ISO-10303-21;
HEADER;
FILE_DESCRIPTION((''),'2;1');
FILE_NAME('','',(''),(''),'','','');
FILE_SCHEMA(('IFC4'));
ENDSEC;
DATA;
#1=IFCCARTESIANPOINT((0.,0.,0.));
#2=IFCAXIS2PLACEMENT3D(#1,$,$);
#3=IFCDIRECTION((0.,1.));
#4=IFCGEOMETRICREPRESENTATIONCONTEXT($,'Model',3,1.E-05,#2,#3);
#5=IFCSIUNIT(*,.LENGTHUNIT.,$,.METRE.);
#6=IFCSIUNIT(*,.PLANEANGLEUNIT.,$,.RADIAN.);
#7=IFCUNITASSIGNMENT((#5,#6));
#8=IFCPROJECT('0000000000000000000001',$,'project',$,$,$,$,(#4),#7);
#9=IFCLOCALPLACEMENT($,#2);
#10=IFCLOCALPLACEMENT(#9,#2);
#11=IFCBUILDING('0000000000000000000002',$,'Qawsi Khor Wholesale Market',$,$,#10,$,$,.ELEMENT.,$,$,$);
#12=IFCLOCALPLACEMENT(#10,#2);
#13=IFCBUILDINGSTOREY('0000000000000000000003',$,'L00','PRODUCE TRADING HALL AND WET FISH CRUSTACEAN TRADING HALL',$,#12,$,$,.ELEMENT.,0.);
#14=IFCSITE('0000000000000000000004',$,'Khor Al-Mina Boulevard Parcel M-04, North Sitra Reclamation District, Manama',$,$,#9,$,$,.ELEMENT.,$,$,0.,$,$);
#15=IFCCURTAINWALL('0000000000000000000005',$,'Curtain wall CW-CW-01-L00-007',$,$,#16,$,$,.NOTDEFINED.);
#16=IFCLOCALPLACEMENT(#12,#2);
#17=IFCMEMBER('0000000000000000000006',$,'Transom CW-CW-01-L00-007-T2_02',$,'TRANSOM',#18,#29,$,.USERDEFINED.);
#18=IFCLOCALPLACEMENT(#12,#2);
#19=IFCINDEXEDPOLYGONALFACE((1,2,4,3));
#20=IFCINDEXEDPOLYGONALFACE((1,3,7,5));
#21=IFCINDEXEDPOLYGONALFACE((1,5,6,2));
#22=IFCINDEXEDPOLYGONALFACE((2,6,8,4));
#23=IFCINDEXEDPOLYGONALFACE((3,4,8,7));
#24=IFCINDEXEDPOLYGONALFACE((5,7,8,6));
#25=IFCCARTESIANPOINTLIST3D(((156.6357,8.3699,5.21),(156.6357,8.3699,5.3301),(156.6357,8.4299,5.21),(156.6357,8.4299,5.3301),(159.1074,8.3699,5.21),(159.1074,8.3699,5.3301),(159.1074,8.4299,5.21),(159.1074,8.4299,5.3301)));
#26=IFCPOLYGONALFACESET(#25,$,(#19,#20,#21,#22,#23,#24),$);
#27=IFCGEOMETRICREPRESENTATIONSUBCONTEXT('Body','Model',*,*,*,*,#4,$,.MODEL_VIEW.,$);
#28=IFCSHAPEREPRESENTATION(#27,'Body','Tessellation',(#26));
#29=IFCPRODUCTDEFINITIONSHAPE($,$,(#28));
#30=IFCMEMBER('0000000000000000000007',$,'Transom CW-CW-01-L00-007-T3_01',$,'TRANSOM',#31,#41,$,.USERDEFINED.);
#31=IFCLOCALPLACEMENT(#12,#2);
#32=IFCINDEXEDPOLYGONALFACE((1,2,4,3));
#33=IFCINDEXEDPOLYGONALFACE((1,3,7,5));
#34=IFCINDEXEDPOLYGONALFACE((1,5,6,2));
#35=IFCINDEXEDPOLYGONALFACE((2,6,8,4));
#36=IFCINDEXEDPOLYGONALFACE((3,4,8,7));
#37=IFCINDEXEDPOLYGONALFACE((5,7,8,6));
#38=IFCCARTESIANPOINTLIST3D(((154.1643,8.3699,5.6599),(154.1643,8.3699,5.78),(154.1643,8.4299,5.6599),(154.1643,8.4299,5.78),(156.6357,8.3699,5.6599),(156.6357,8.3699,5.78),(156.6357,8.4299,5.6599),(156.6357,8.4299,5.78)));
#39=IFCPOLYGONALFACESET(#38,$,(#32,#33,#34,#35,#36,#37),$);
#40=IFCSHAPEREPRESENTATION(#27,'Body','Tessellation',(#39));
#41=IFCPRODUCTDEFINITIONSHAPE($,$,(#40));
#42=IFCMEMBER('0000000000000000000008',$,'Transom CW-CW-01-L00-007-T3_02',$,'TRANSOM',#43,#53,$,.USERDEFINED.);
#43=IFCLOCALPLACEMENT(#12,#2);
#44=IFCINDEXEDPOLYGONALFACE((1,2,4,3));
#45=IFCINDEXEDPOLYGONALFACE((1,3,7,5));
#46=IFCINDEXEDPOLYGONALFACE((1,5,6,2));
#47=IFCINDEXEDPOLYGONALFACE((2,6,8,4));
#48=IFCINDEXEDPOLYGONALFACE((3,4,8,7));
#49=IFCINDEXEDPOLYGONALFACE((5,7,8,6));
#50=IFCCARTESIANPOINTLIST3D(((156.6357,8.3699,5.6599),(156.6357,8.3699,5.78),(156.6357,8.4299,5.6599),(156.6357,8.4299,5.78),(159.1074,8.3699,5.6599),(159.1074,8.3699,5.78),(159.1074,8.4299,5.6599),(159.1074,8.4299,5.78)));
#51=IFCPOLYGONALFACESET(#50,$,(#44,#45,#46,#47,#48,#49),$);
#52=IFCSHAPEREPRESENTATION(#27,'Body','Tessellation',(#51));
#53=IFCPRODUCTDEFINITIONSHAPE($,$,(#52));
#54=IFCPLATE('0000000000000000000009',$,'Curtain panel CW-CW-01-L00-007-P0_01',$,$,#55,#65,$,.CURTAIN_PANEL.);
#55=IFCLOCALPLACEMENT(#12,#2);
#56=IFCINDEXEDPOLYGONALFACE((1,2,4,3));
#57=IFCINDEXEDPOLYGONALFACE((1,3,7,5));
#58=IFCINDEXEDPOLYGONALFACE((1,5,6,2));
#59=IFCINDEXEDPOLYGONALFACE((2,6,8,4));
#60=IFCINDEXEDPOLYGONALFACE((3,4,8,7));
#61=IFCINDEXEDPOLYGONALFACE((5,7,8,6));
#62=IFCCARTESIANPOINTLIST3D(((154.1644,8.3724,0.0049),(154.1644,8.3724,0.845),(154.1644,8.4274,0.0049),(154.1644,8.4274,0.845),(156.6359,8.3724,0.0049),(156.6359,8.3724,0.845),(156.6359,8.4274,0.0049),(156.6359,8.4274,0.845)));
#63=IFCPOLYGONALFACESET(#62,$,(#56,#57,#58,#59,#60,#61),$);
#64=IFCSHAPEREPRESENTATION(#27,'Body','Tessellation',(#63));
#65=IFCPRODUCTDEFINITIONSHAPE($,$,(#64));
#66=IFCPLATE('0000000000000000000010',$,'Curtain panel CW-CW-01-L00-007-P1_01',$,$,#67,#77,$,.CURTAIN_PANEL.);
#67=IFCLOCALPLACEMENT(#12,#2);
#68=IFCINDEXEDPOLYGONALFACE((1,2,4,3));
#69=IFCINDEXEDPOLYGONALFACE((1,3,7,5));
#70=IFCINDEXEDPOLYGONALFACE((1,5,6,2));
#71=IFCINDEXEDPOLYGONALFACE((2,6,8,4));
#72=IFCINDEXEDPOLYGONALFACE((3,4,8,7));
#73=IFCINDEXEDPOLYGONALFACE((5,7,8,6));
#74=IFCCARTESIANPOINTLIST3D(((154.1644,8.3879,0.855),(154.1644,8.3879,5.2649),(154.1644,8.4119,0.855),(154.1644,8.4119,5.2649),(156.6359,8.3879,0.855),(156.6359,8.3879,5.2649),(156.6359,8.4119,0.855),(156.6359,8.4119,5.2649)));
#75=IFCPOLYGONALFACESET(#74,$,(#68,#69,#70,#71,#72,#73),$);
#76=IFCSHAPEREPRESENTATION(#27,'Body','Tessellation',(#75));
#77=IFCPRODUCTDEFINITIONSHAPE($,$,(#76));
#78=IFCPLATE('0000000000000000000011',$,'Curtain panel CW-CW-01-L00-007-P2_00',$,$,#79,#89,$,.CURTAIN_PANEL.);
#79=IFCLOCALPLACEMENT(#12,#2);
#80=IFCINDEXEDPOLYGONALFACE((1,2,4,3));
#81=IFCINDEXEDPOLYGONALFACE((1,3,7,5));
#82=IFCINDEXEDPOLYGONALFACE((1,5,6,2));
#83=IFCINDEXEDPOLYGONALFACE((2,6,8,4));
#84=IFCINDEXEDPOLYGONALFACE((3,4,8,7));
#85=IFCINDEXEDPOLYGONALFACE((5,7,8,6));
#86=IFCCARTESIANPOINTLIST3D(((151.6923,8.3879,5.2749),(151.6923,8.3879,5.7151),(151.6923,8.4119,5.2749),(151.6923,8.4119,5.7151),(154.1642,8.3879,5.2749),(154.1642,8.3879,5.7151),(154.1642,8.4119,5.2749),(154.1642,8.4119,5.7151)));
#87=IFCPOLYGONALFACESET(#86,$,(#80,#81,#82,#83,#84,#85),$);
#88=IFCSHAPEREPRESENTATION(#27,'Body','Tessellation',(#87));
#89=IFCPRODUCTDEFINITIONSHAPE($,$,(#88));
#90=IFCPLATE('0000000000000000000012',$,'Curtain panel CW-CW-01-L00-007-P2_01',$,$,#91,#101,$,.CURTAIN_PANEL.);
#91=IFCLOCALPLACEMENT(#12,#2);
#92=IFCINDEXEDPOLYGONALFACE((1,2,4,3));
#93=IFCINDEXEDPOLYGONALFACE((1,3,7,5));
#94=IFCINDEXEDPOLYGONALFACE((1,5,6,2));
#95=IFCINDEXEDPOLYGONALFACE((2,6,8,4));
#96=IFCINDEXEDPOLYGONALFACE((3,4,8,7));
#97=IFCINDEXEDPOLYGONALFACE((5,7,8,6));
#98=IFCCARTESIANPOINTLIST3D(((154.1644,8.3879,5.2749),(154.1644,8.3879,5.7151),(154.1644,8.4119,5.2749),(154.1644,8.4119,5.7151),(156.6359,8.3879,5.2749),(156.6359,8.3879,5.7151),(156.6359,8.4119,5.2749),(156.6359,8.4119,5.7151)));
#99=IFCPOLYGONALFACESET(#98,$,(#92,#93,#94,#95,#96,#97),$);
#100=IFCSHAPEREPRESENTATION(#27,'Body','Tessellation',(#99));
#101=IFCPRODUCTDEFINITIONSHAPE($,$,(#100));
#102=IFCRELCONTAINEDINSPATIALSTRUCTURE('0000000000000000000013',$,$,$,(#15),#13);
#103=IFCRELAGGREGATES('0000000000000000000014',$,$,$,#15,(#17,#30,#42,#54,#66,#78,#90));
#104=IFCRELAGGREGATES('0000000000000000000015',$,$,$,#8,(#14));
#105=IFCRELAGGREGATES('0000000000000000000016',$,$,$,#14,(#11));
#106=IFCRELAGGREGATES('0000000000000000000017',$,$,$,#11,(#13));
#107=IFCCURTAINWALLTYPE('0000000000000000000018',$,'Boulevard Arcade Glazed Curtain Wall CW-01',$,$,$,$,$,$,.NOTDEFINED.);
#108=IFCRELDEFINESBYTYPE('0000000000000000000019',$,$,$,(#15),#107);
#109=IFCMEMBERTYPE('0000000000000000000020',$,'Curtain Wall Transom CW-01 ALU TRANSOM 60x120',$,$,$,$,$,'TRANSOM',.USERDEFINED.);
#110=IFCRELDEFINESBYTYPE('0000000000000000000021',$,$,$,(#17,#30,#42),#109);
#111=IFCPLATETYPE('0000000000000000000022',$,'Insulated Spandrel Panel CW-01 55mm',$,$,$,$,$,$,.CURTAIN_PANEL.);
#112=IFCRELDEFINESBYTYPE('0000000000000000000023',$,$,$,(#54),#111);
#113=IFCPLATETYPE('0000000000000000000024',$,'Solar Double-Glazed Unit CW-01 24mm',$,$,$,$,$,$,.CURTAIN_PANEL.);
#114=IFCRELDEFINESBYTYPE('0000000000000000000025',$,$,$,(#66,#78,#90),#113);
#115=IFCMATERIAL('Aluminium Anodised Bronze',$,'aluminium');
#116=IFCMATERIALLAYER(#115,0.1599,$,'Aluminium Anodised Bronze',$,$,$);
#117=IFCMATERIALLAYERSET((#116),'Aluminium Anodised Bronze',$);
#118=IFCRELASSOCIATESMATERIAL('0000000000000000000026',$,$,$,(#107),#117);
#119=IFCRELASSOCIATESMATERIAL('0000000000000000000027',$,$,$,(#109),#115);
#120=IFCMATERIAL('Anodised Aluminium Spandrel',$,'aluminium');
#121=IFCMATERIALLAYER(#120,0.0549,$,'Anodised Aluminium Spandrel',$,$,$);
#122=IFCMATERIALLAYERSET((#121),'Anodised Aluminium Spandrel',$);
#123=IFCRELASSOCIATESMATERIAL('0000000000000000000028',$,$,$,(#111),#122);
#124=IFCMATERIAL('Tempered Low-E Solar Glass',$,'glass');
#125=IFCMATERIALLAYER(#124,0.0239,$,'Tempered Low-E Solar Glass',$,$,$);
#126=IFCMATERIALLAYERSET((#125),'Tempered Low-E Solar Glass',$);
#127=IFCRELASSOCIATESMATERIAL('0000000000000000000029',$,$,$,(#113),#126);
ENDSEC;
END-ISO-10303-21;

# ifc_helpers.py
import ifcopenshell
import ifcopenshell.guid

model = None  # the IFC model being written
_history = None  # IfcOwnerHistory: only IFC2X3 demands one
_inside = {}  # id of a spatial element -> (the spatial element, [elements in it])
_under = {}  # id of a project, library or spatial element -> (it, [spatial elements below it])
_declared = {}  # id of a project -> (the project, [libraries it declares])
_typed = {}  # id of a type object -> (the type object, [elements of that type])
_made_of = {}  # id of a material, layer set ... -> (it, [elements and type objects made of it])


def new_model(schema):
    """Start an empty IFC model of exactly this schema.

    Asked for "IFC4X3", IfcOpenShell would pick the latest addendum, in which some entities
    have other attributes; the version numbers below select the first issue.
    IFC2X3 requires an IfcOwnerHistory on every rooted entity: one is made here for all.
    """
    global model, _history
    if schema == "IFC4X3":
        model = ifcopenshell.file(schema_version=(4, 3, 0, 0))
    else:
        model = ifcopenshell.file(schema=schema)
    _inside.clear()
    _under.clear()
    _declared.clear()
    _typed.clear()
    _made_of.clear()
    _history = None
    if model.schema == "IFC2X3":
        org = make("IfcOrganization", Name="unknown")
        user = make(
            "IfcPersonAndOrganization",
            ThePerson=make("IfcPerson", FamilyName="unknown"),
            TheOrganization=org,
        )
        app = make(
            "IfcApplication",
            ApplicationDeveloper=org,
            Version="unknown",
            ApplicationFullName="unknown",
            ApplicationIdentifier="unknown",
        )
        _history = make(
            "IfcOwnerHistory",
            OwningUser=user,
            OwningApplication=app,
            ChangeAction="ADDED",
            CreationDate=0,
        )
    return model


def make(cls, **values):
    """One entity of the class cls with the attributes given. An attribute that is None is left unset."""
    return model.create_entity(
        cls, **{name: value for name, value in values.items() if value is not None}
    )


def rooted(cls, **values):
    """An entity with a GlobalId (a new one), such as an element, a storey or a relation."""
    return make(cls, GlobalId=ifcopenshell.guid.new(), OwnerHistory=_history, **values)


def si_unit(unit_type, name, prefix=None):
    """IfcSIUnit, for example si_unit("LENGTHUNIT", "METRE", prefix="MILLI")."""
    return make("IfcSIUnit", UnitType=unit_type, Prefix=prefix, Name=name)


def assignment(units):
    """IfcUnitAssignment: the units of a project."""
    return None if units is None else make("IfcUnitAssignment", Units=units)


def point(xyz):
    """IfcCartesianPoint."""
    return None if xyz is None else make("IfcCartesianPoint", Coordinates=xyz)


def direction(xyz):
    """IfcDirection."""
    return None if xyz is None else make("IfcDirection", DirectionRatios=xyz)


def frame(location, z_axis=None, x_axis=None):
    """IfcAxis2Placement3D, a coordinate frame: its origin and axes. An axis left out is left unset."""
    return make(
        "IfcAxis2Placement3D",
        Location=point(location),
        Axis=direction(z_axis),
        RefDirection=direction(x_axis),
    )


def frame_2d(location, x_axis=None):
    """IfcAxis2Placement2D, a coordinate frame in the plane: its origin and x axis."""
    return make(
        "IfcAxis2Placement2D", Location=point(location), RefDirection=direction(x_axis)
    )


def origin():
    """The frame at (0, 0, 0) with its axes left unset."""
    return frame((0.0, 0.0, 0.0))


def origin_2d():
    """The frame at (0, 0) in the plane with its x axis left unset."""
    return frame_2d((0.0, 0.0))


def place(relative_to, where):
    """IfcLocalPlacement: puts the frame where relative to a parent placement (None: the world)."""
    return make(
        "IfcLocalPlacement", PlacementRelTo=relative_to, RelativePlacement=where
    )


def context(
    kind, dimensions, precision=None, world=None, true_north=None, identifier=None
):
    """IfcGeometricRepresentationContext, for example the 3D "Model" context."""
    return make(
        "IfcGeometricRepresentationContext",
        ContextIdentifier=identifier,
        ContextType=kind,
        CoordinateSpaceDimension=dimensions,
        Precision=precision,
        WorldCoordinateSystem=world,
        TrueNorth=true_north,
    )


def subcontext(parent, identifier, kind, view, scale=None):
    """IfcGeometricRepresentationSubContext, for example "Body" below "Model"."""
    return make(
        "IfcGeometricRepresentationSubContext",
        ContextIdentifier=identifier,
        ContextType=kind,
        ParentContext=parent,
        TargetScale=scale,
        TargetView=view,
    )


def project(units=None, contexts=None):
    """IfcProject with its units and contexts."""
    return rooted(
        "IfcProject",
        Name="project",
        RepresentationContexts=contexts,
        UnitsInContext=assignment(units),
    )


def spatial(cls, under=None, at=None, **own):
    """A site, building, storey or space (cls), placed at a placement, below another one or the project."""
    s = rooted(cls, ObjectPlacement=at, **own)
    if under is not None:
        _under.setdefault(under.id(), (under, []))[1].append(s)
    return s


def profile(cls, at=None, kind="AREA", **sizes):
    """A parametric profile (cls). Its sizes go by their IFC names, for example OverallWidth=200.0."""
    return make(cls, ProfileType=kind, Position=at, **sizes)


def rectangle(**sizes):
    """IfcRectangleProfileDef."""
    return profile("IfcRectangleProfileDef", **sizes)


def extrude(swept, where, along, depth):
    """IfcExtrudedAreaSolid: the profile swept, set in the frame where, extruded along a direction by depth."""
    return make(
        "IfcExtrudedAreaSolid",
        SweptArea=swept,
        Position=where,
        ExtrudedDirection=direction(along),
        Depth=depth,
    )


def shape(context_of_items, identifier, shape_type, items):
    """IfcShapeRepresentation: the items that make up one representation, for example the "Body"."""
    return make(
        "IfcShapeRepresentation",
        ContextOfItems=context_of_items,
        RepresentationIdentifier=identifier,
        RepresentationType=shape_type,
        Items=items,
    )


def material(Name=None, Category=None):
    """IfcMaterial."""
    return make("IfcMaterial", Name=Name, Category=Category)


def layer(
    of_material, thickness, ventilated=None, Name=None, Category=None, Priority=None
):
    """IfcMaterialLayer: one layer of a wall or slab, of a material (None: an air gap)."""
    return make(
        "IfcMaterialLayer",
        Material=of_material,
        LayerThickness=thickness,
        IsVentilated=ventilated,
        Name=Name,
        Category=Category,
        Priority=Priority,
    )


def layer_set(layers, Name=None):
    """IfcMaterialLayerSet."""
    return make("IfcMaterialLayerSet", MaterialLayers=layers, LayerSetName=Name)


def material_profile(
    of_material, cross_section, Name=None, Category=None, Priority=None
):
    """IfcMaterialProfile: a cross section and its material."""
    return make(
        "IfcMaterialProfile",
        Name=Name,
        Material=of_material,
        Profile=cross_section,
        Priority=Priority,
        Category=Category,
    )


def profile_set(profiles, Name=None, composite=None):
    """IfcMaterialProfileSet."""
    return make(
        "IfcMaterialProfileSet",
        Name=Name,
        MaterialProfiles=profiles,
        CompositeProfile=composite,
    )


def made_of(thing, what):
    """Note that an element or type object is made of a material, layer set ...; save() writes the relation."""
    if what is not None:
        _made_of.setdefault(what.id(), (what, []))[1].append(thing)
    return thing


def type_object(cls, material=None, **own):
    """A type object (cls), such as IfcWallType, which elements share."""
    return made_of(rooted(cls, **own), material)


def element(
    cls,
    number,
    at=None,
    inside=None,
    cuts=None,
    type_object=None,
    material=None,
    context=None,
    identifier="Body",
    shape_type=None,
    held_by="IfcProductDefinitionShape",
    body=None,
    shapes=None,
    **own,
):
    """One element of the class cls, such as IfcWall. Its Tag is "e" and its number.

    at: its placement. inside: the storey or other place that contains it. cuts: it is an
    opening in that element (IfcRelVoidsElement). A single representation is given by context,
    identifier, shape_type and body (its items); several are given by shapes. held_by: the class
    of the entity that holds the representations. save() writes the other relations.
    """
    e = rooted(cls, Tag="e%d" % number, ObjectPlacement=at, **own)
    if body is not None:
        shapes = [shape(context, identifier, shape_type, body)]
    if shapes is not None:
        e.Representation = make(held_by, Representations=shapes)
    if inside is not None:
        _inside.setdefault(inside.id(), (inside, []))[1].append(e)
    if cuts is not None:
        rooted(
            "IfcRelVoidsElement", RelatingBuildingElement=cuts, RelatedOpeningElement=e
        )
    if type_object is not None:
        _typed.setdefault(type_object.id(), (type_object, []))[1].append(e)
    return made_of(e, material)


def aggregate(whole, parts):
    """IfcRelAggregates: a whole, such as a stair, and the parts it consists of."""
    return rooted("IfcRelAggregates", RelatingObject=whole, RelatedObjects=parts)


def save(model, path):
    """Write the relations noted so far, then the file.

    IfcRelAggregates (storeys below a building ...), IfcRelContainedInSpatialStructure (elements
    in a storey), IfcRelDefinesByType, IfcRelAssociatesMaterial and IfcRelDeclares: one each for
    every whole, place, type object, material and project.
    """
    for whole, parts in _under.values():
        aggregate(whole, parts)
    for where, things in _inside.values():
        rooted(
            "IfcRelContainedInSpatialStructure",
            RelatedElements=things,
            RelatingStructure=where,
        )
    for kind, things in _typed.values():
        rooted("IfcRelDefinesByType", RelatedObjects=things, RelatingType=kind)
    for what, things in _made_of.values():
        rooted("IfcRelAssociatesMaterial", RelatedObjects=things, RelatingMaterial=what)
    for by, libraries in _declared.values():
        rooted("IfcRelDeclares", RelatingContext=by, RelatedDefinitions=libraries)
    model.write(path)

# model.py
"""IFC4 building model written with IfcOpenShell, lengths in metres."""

from ifc_helpers import new_model, si_unit, direction, frame, frame_2d, origin, origin_2d, place, context, subcontext, project, spatial, rectangle, extrude, material, layer, layer_set, material_profile, profile_set, type_object, element, aggregate, save


model = new_model("IFC4")

# Units and contexts
model_context = context("Model", 3, precision=1e-05, world=origin(), true_north=direction((0.0, 1.0)))
body_context = subcontext(model_context, "Body", "Model", "MODEL_VIEW")
ifc_project = project(units=[si_unit("LENGTHUNIT", "METRE"), si_unit("PLANEANGLEUNIT", "RADIAN")], contexts=[model_context])

# Site, building, storey
site_placement = place(None, origin())
site = spatial("IfcSite", under=ifc_project, at=site_placement, Name="Khor Al-Mina Boulevard Parcel M-04, North Sitra Reclamation District, Manama", CompositionType="ELEMENT", RefElevation=0.0)
building_placement = place(site_placement, origin())
building = spatial("IfcBuilding", under=site, at=building_placement, Name="Qawsi Khor Wholesale Market", CompositionType="ELEMENT")
storey_placement = place(building_placement, origin())
storey = spatial("IfcBuildingStorey", under=building, at=storey_placement, Name="L00", Description="PRODUCE TRADING HALL AND WET FISH CRUSTACEAN TRADING HALL", CompositionType="ELEMENT", Elevation=0.0)

# Curtain wall, members, plates
ifc_material_1 = material(Name="Aluminium Anodised Bronze", Category="aluminium")
ifc_layer_1 = layer(ifc_material_1, 0.1599, Name="Aluminium Anodised Bronze")
ifc_layer_set_1 = layer_set([ifc_layer_1], Name="Aluminium Anodised Bronze")
curtain_wall_type = type_object("IfcCurtainWallType", Name="Boulevard Arcade Glazed Curtain Wall CW-01", PredefinedType="NOTDEFINED", material=ifc_layer_set_1)
curtain_wall_placement = place(storey_placement, origin())
curtain_wall = element("IfcCurtainWall", 1, at=curtain_wall_placement, inside=storey, type_object=curtain_wall_type, Name="Curtain wall CW-CW-01-L00-007", PredefinedType="NOTDEFINED")
ifc_material_profile_1 = material_profile(ifc_material_1, rectangle(XDim=0.0601, YDim=0.1201, at=origin_2d()), Name="ALU TRANSOM 60x120")
ifc_profile_set_1 = profile_set([ifc_material_profile_1], Name="Aluminium Anodised Bronze")
member_type_1 = type_object("IfcMemberType", Name="Curtain Wall Transom CW-01 ALU TRANSOM 60x120", ElementType="TRANSOM", PredefinedType="USERDEFINED", material=ifc_profile_set_1)
member_1_placement = place(storey_placement, frame((156.6357, 8.3999, 5.27), z_axis=(1.0, 0.0, 0.0), x_axis=(0.0, 1.0, 0.0)))
member_1 = element("IfcMember", 2, at=member_1_placement, type_object=member_type_1, Name="Transom CW-CW-01-L00-007-T2_02", ObjectType="TRANSOM", PredefinedType="USERDEFINED", context=body_context, shape_type="SweptSolid", body=[
    extrude(rectangle(XDim=0.0601, YDim=0.1201, at=origin_2d()), origin(), (0.0, 0.0, 1.0), 2.4717),
])
member_2_placement = place(storey_placement, frame((154.1643, 8.3999, 5.72), z_axis=(1.0, 0.0, 0.0), x_axis=(0.0, 1.0, 0.0)))
member_2 = element("IfcMember", 3, at=member_2_placement, type_object=member_type_1, Name="Transom CW-CW-01-L00-007-T3_01", ObjectType="TRANSOM", PredefinedType="USERDEFINED", context=body_context, shape_type="SweptSolid", body=[
    extrude(rectangle(XDim=0.0601, YDim=0.1201, at=origin_2d()), origin(), (0.0, 0.0, 1.0), 2.4714),
])
member_3_placement = place(storey_placement, frame((156.6357, 8.3999, 5.72), z_axis=(1.0, 0.0, 0.0), x_axis=(0.0, 1.0, 0.0)))
member_3 = element("IfcMember", 4, at=member_3_placement, type_object=member_type_1, Name="Transom CW-CW-01-L00-007-T3_02", ObjectType="TRANSOM", PredefinedType="USERDEFINED", context=body_context, shape_type="SweptSolid", body=[
    extrude(rectangle(XDim=0.0601, YDim=0.1201, at=origin_2d()), origin(), (0.0, 0.0, 1.0), 2.4717),
])
ifc_material_2 = material(Name="Anodised Aluminium Spandrel", Category="aluminium")
ifc_layer_2 = layer(ifc_material_2, 0.0549, Name="Anodised Aluminium Spandrel")
ifc_layer_set_2 = layer_set([ifc_layer_2], Name="Anodised Aluminium Spandrel")
plate_type_1 = type_object("IfcPlateType", Name="Insulated Spandrel Panel CW-01 55mm", PredefinedType="CURTAIN_PANEL", material=ifc_layer_set_2)
plate_1_placement = place(storey_placement, frame((154.1643, 8.3999, 0.0049), z_axis=(0.0, 0.0, 1.0), x_axis=(1.0, 0.0, 0.0)))
plate_1 = element("IfcPlate", 5, at=plate_1_placement, type_object=plate_type_1, Name="Curtain panel CW-CW-01-L00-007-P0_01", PredefinedType="CURTAIN_PANEL", context=body_context, shape_type="SweptSolid", body=[
    extrude(rectangle(XDim=2.4714, YDim=0.0549, at=frame_2d((1.2358, 0.0))), origin(), (0.0, 0.0, 1.0), 0.8401),
])
ifc_material_3 = material(Name="Tempered Low-E Solar Glass", Category="glass")
ifc_layer_3 = layer(ifc_material_3, 0.0239, Name="Tempered Low-E Solar Glass")
ifc_layer_set_3 = layer_set([ifc_layer_3], Name="Tempered Low-E Solar Glass")
plate_type_2 = type_object("IfcPlateType", Name="Solar Double-Glazed Unit CW-01 24mm", PredefinedType="CURTAIN_PANEL", material=ifc_layer_set_3)
plate_2_placement = place(storey_placement, frame((154.1643, 8.3999, 0.855), z_axis=(0.0, 0.0, 1.0), x_axis=(1.0, 0.0, 0.0)))
plate_2 = element("IfcPlate", 6, at=plate_2_placement, type_object=plate_type_2, Name="Curtain panel CW-CW-01-L00-007-P1_01", PredefinedType="CURTAIN_PANEL", context=body_context, shape_type="SweptSolid", body=[
    extrude(rectangle(XDim=2.4714, YDim=0.0239, at=frame_2d((1.2358, 0.0))), origin(), (0.0, 0.0, 1.0), 4.4099),
])
plate_3_placement = place(storey_placement, frame((151.6924, 8.3999, 5.2749), z_axis=(0.0, 0.0, 1.0), x_axis=(1.0, 0.0, 0.0)))
plate_3 = element("IfcPlate", 7, at=plate_3_placement, type_object=plate_type_2, Name="Curtain panel CW-CW-01-L00-007-P2_00", PredefinedType="CURTAIN_PANEL", context=body_context, shape_type="SweptSolid", body=[
    extrude(rectangle(XDim=2.4719, YDim=0.0239, at=frame_2d((1.2358, 0.0))), origin(), (0.0, 0.0, 1.0), 0.4402),
])
plate_4_placement = place(storey_placement, frame((154.1643, 8.3999, 5.2749), z_axis=(0.0, 0.0, 1.0), x_axis=(1.0, 0.0, 0.0)))
plate_4 = element("IfcPlate", 8, at=plate_4_placement, type_object=plate_type_2, Name="Curtain panel CW-CW-01-L00-007-P2_01", PredefinedType="CURTAIN_PANEL", context=body_context, shape_type="SweptSolid", body=[
    extrude(rectangle(XDim=2.4714, YDim=0.0239, at=frame_2d((1.2358, 0.0))), origin(), (0.0, 0.0, 1.0), 0.4402),
])
aggregate(curtain_wall, [member_1, member_2, member_3, plate_1, plate_2, plate_3, plate_4])

save(model, "model.ifc")
